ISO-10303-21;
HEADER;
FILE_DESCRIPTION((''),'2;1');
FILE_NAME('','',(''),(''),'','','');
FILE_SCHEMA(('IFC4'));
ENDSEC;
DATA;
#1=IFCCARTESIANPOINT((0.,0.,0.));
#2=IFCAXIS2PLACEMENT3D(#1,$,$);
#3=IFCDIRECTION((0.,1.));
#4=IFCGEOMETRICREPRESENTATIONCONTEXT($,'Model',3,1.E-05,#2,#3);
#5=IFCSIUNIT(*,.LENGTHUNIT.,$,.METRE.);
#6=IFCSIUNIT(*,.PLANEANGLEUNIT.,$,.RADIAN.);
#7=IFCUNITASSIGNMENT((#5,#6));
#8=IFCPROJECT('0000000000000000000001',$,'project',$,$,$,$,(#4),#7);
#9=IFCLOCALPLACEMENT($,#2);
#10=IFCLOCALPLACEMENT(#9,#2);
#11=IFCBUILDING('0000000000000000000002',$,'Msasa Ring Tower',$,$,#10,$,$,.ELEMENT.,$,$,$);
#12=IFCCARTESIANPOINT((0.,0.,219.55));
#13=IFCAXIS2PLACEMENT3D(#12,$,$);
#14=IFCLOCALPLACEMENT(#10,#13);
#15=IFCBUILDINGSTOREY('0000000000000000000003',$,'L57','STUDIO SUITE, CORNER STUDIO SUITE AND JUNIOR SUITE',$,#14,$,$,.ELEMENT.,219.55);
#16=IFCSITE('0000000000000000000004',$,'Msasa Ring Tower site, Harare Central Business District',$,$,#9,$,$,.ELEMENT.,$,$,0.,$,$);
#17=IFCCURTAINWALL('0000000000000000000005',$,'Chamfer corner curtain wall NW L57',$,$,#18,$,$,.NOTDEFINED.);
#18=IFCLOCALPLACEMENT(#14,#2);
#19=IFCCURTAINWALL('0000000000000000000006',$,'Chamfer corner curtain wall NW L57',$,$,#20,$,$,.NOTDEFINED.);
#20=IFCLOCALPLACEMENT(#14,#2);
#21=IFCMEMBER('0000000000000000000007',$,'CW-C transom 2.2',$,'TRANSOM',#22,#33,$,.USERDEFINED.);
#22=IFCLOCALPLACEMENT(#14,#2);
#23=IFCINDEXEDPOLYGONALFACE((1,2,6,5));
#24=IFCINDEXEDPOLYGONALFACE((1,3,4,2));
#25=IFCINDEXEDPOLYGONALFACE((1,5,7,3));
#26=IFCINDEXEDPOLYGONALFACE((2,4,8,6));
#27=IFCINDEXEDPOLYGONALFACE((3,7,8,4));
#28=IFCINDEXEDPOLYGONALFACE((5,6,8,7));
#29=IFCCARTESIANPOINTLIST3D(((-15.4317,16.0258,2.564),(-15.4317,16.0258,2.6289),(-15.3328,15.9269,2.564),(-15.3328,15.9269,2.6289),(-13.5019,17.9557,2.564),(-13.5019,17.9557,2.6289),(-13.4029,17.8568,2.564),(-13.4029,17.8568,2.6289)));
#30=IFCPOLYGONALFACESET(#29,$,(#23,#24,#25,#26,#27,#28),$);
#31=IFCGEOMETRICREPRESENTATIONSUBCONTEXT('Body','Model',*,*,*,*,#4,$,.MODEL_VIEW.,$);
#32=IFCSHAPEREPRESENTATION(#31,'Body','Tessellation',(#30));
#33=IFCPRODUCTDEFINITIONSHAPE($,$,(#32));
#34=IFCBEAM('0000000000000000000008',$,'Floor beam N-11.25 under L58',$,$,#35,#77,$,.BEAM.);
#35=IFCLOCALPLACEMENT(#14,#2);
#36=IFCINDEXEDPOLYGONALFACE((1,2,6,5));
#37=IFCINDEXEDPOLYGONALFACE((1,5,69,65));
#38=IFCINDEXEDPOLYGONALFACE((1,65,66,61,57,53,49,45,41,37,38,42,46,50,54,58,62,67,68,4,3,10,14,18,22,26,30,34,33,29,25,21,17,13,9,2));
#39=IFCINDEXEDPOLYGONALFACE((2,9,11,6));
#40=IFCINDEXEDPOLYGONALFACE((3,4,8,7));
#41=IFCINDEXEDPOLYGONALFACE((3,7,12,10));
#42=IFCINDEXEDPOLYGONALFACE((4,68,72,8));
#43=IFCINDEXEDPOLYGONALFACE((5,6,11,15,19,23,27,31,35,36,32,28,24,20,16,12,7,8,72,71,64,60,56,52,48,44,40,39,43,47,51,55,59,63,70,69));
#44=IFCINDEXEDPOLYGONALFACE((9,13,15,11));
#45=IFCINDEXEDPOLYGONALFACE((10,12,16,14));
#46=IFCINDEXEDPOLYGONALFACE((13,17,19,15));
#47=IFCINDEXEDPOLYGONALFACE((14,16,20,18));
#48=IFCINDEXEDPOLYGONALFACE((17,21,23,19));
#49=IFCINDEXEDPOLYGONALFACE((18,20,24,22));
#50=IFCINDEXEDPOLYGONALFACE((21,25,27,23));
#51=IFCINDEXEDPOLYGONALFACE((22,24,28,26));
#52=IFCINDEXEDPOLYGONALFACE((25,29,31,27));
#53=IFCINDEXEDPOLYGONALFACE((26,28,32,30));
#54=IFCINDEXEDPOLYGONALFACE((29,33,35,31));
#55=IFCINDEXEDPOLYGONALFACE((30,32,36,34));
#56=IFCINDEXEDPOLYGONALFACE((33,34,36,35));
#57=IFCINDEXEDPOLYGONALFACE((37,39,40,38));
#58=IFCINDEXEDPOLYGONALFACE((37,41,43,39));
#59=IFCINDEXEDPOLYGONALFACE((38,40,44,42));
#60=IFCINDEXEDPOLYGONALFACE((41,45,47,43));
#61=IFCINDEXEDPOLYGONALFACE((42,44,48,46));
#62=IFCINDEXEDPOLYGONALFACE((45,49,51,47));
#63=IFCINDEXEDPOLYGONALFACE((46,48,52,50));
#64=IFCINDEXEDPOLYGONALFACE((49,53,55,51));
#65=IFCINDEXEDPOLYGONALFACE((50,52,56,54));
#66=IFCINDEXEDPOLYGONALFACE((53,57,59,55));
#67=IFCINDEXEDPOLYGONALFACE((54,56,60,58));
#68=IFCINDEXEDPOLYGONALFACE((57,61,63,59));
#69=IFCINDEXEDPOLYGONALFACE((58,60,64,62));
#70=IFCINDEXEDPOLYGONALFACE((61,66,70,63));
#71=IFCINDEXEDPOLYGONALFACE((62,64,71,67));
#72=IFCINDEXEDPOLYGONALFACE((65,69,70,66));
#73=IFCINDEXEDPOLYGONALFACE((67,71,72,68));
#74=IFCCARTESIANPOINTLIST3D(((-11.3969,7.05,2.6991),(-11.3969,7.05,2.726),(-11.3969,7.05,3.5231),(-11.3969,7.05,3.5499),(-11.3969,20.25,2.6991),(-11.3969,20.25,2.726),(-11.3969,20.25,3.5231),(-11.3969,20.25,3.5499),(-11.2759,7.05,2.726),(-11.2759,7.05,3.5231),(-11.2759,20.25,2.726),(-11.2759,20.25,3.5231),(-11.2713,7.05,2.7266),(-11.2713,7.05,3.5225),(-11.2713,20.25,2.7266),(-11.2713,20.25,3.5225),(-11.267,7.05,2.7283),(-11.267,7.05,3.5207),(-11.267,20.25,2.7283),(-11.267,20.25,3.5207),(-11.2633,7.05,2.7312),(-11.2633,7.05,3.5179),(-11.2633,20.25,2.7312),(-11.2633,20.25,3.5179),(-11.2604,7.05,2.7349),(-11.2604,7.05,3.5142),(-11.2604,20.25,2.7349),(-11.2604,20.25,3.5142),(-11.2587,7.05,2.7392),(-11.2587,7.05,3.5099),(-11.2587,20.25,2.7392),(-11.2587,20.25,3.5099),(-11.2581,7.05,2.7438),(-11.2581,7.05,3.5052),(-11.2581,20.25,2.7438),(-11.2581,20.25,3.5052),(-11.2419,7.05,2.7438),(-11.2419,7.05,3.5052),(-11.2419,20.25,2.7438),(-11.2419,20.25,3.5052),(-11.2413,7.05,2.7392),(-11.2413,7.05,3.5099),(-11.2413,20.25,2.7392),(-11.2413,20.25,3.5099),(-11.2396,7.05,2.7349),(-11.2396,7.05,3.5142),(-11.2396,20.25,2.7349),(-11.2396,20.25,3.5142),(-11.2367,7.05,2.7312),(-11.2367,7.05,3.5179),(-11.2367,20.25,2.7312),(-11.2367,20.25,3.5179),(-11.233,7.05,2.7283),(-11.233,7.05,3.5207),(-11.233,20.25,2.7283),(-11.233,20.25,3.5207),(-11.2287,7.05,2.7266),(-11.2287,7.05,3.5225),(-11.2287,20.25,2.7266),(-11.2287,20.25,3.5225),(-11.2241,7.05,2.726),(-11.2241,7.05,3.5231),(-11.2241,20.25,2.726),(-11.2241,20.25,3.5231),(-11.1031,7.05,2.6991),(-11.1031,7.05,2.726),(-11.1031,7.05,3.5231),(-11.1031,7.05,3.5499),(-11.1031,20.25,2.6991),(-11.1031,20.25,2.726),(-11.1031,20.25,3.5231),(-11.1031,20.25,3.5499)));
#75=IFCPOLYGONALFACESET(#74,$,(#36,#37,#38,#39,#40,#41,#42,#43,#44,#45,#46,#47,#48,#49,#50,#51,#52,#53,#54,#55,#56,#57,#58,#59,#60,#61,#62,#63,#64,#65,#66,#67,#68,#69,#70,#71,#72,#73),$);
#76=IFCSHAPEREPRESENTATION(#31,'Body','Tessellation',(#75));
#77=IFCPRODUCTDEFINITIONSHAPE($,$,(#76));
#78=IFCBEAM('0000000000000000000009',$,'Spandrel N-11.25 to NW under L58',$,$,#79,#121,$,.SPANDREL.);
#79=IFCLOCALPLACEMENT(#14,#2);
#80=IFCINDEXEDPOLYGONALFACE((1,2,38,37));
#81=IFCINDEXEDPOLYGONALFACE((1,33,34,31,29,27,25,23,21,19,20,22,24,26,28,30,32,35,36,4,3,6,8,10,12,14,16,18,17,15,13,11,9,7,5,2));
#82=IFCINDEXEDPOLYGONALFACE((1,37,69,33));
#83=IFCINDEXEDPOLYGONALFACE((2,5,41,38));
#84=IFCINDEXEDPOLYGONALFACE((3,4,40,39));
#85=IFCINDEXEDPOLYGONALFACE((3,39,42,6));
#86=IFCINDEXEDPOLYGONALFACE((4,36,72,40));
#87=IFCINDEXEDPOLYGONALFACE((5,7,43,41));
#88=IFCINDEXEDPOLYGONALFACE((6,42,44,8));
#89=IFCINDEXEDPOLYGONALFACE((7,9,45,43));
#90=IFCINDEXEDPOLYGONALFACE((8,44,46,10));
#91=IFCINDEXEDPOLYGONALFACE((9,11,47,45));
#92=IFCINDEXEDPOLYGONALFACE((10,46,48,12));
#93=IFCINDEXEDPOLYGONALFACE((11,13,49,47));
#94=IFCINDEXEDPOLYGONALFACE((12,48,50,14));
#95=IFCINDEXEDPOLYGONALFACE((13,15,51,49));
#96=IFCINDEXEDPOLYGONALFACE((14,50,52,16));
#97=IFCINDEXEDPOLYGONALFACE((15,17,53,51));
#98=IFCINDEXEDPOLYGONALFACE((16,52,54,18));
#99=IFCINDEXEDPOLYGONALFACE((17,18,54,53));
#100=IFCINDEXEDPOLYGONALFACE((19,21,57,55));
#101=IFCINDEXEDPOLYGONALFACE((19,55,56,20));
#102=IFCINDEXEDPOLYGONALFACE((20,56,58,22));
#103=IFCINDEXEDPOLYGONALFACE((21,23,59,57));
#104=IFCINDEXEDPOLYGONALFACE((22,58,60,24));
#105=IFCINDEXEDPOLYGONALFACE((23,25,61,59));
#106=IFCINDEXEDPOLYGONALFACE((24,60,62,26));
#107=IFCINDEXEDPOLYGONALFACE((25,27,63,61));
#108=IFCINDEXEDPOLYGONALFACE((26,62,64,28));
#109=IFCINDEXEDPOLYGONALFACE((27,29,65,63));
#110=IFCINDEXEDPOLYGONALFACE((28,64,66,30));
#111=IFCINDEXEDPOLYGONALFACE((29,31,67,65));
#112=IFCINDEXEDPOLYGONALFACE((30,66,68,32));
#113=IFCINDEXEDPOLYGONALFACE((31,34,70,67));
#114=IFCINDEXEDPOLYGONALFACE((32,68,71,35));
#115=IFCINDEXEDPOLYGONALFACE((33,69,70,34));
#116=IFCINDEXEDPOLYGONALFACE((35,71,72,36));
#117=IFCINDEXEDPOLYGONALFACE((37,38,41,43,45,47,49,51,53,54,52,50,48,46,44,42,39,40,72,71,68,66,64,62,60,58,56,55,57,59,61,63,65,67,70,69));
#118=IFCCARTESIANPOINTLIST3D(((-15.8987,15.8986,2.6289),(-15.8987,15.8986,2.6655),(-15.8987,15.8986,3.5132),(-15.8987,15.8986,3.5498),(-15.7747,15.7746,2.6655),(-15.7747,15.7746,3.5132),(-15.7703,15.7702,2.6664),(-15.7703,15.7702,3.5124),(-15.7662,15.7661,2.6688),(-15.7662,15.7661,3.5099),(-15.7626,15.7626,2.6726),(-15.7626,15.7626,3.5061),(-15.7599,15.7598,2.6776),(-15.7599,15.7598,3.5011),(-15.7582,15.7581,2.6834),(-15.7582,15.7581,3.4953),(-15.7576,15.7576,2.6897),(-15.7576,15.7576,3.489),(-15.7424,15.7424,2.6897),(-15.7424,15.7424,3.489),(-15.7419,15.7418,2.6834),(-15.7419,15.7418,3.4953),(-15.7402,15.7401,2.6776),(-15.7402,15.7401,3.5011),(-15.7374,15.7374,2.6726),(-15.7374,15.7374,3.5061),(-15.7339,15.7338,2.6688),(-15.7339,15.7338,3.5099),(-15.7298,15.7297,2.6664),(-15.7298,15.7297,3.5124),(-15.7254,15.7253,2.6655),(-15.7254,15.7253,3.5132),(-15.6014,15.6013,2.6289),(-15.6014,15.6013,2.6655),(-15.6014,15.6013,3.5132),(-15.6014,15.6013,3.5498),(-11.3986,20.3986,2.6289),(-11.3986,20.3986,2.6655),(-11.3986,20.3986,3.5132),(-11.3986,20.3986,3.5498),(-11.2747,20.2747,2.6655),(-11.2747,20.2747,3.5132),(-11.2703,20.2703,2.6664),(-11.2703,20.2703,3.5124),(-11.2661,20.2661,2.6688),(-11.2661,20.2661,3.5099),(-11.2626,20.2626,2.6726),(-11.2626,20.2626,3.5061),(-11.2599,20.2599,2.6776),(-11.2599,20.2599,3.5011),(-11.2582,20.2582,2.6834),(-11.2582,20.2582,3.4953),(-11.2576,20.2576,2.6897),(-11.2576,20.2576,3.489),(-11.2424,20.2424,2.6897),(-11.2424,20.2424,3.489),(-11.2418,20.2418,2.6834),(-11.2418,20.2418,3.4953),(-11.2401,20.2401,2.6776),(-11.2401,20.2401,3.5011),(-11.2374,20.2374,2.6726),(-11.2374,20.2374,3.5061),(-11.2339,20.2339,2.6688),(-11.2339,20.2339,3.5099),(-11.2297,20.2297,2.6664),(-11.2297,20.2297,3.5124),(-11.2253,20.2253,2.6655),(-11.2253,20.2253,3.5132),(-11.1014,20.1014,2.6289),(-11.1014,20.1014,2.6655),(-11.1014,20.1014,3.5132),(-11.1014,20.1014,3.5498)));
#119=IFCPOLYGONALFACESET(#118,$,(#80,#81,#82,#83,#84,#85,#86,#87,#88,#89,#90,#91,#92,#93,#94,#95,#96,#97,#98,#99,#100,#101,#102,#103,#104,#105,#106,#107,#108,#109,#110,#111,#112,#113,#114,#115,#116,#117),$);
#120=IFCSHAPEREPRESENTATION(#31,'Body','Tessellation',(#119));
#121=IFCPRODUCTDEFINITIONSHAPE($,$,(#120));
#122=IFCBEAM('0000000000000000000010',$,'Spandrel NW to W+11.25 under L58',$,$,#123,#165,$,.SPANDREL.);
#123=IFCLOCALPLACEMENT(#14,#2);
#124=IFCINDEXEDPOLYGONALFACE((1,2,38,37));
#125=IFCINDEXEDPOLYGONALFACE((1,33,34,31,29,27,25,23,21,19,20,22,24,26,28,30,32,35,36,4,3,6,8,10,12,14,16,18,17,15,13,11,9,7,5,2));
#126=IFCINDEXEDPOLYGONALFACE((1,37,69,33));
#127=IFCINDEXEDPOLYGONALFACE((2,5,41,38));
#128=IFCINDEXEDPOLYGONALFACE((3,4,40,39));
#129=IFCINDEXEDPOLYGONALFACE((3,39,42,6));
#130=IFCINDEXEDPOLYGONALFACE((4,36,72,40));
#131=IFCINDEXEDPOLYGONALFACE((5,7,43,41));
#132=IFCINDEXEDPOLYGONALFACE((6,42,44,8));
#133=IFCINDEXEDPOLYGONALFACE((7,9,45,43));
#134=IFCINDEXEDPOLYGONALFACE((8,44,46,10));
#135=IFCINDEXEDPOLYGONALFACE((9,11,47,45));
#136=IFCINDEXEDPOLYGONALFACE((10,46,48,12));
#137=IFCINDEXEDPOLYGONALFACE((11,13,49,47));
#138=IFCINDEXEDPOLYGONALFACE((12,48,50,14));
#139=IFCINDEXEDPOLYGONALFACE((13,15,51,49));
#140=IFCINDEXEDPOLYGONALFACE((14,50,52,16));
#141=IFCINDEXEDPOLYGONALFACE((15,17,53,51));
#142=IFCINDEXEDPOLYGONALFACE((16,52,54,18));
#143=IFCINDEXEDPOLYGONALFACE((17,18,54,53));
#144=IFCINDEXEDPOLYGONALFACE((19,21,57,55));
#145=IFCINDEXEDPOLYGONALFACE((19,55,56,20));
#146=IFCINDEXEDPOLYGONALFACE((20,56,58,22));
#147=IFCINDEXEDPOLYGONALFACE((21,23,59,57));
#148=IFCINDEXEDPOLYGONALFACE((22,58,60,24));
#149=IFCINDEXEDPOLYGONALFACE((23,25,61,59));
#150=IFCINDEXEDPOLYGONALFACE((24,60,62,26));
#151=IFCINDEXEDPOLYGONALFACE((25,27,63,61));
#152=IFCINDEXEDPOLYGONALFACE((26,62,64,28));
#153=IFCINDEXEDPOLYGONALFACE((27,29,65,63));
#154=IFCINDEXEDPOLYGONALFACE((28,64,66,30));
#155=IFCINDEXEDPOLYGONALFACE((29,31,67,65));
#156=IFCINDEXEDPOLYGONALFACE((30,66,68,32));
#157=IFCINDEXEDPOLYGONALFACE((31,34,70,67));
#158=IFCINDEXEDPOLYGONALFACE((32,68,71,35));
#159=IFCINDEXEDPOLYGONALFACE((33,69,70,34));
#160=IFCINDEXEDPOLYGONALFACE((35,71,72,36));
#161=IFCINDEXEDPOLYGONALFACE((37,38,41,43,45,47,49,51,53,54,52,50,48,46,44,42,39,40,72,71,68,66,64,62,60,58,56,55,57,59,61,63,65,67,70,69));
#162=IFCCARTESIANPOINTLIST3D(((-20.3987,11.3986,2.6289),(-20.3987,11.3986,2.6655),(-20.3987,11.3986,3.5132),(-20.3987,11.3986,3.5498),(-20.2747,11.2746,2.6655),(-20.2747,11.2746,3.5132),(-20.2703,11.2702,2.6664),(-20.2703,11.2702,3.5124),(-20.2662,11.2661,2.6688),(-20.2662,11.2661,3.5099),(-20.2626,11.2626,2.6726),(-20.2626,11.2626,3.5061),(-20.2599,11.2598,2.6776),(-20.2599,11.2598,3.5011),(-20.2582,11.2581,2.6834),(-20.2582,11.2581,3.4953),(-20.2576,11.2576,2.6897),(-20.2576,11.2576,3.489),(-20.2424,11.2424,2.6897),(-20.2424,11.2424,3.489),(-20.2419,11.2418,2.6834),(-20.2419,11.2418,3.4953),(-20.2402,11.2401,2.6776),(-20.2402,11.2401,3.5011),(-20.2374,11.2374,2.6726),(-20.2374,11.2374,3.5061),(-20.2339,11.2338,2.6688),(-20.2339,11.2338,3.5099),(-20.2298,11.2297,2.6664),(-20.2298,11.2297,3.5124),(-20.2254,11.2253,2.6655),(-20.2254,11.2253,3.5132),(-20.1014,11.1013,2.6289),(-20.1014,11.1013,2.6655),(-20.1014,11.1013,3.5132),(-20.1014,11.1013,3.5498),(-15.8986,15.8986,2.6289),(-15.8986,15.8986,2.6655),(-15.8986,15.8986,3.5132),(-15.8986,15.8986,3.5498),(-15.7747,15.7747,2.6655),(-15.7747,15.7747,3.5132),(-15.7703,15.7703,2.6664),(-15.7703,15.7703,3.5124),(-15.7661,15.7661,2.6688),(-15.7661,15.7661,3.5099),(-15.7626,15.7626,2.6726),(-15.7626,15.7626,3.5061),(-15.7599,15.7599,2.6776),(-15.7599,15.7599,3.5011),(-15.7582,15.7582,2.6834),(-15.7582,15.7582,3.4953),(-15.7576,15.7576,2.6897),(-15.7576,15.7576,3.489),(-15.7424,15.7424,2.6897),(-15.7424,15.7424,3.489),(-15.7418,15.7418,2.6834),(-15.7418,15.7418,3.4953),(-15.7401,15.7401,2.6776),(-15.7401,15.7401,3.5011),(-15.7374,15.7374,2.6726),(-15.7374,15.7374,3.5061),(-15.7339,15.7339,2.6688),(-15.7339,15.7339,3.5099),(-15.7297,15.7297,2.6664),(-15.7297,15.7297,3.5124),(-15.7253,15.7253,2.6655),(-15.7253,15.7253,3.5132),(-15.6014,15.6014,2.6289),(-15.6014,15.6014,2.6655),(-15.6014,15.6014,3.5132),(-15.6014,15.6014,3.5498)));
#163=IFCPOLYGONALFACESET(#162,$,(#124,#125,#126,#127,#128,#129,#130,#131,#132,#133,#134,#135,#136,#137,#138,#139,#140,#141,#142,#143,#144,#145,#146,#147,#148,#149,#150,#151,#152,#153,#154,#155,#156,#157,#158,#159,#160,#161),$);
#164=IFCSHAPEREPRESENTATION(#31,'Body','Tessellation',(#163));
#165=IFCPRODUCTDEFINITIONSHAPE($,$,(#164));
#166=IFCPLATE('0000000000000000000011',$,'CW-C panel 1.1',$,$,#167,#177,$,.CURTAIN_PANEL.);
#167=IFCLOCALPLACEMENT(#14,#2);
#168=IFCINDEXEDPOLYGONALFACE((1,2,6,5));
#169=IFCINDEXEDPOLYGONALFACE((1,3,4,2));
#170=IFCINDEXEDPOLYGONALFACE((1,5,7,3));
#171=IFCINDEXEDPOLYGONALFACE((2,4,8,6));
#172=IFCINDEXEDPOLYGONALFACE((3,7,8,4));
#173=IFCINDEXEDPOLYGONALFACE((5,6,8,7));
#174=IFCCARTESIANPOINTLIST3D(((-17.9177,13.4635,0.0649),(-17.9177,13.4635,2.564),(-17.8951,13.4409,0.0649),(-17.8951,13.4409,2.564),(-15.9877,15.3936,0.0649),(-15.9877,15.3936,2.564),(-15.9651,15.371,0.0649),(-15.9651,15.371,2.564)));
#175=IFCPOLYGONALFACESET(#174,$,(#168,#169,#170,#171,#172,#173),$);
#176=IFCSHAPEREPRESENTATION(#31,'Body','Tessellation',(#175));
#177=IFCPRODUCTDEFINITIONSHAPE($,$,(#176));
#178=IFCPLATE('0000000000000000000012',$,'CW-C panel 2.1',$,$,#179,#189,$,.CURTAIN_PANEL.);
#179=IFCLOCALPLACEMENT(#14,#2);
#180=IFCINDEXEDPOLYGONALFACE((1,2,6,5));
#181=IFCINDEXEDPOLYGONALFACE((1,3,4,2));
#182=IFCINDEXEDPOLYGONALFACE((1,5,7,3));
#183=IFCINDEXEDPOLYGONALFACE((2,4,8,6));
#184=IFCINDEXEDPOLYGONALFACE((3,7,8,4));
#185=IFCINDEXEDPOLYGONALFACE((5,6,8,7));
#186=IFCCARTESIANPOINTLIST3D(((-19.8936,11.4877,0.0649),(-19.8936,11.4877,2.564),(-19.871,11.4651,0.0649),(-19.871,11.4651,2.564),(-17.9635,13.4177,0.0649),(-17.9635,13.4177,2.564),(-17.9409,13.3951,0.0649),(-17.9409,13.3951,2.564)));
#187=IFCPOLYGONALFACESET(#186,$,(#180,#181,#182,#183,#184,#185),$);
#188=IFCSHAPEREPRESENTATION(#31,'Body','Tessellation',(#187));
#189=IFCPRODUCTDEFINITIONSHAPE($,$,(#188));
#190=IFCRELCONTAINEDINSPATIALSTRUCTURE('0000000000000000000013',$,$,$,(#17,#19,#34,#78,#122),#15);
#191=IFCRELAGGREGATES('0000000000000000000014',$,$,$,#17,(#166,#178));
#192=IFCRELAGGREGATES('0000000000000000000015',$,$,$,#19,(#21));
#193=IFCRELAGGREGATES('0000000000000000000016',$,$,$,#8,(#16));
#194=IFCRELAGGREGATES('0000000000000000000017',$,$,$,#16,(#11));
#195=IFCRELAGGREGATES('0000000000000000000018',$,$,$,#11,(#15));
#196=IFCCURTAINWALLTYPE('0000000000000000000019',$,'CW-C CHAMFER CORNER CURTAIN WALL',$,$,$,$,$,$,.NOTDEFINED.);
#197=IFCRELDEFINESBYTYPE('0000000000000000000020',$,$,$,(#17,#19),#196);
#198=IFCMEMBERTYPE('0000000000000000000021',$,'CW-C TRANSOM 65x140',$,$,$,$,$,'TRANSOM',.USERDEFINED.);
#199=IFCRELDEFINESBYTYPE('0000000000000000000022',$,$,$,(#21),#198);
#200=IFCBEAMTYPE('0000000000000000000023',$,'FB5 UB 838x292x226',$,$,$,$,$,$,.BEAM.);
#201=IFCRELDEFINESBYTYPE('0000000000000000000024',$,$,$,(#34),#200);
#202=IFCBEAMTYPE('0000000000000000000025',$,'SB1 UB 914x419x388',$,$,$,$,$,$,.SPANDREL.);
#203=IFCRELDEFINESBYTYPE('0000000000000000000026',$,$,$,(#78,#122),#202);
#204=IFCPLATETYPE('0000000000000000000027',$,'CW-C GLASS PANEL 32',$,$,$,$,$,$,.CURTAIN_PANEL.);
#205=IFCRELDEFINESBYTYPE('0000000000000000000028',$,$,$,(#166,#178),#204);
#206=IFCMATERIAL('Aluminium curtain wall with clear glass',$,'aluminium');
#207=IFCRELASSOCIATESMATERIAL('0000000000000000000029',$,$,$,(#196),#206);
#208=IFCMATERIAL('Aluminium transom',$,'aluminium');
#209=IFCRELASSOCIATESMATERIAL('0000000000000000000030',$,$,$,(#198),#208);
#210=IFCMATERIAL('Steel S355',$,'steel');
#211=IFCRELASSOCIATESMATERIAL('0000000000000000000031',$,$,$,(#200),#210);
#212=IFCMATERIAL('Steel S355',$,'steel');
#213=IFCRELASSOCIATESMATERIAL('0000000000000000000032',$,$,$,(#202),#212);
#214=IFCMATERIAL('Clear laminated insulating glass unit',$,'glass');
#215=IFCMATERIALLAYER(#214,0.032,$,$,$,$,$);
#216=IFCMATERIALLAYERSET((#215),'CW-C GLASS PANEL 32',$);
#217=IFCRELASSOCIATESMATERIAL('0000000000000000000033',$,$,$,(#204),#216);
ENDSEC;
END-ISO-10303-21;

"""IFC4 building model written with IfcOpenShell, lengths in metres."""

from ifc_helpers import new_model, si_unit, direction, frame, origin, origin_2d, place, context, subcontext, project, spatial, rectangle, i_section, extrude, material, layer, layer_set, material_profile, profile_set, type_object, element, aggregate, save


model = new_model("IFC4")

# Units and contexts
model_context = context("Model", 3, precision=1e-05, world=origin(), true_north=direction((0.0, 1.0)))
body_context = subcontext(model_context, "Body", "Model", "MODEL_VIEW")
ifc_project = project(units=[si_unit("LENGTHUNIT", "METRE"), si_unit("PLANEANGLEUNIT", "RADIAN")], contexts=[model_context])

# Site, building, storey
site_placement = place(None, origin())
site = spatial("IfcSite", under=ifc_project, at=site_placement, Name="Msasa Ring Tower site, Harare Central Business District", CompositionType="ELEMENT", RefElevation=0.0)
building_placement = place(site_placement, origin())
building = spatial("IfcBuilding", under=site, at=building_placement, Name="Msasa Ring Tower", CompositionType="ELEMENT")
storey_placement = place(building_placement, frame((0.0, 0.0, 219.55)))
storey = spatial("IfcBuildingStorey", under=building, at=storey_placement, Name="L57", Description="STUDIO SUITE, CORNER STUDIO SUITE AND JUNIOR SUITE", CompositionType="ELEMENT", Elevation=219.55)

# Curtain walls
ifc_material_1 = material(Name="Aluminium curtain wall with clear glass", Category="aluminium")
curtain_wall_type = type_object("IfcCurtainWallType", Name="CW-C CHAMFER CORNER CURTAIN WALL", PredefinedType="NOTDEFINED", material=ifc_material_1)
curtain_wall_1_placement = place(storey_placement, origin())
curtain_wall_1 = element("IfcCurtainWall", 1, at=curtain_wall_1_placement, inside=storey, type_object=curtain_wall_type, Name="Chamfer corner curtain wall NW L57", PredefinedType="NOTDEFINED")
curtain_wall_2_placement = place(storey_placement, origin())
curtain_wall_2 = element("IfcCurtainWall", 2, at=curtain_wall_2_placement, inside=storey, type_object=curtain_wall_type, Name="Chamfer corner curtain wall NW L57", PredefinedType="NOTDEFINED")

# Member
ifc_material_2 = material(Name="Aluminium transom", Category="aluminium")
ifc_material_profile_1 = material_profile(ifc_material_2, rectangle(XDim=0.1399, YDim=0.0649, at=origin_2d()), Name="AL 65x140")
ifc_profile_set_1 = profile_set([ifc_material_profile_1], Name="Aluminium transom")
member_type_1 = type_object("IfcMemberType", Name="CW-C TRANSOM 65x140", ElementType="TRANSOM", PredefinedType="USERDEFINED", material=ifc_profile_set_1)
member_1_placement = place(storey_placement, frame((-13.4524, 17.9062, 2.5964), z_axis=(-0.707107, -0.707107, 0.0), x_axis=(0.707107, -0.707107, 0.0)))
member_1 = element("IfcMember", 3, at=member_1_placement, type_object=member_type_1, Name="CW-C transom 2.2", ObjectType="TRANSOM", PredefinedType="USERDEFINED", context=body_context, shape_type="SweptSolid", body=[
    extrude(rectangle(XDim=0.1399, YDim=0.0649, at=origin_2d()), origin(), (0.0, 0.0, 1.0), 2.7292),
])

# Beams
ifc_material_3 = material(Name="Steel S355", Category="steel")
ifc_material_profile_2 = material_profile(ifc_material_3, i_section(OverallWidth=0.2937, OverallDepth=0.8508, WebThickness=0.0161, FlangeThickness=0.0269, FilletRadius=0.0178, at=origin_2d()), Name="UB 838x292x226")
ifc_profile_set_2 = profile_set([ifc_material_profile_2], Name="Steel S355")
beam_type_1 = type_object("IfcBeamType", Name="FB5 UB 838x292x226", PredefinedType="BEAM", material=ifc_profile_set_2)
beam_placement = place(storey_placement, frame((-11.25, 20.25, 3.1245), z_axis=(0.0, -1.0, 0.0), x_axis=(1.0, 0.0, 0.0)))
element("IfcBeam", 4, at=beam_placement, inside=storey, type_object=beam_type_1, Name="Floor beam N-11.25 under L58", PredefinedType="BEAM", context=body_context, shape_type="SweptSolid", body=[
    extrude(i_section(OverallWidth=0.2937, OverallDepth=0.8508, WebThickness=0.0161, FlangeThickness=0.0269, FilletRadius=0.0178, at=origin_2d()), origin(), (0.0, 0.0, 1.0), 13.2),
])
ifc_material_4 = material(Name="Steel S355", Category="steel")
ifc_material_profile_3 = material_profile(ifc_material_4, i_section(OverallWidth=0.4204, OverallDepth=0.9209, WebThickness=0.0215, FlangeThickness=0.0366, FilletRadius=0.0242, at=origin_2d()), Name="UB 914x419x388")
ifc_profile_set_3 = profile_set([ifc_material_profile_3], Name="Steel S355")
beam_type_2 = type_object("IfcBeamType", Name="SB1 UB 914x419x388", PredefinedType="SPANDREL", material=ifc_profile_set_3)
for number, where, z_axis, x_axis, name in (
    (5, (-11.25, 20.25, 3.0894), (-0.707107, -0.707107, 0.0), (0.707107, -0.707107, 0.0), "Spandrel N-11.25 to NW under L58"),
    (6, (-15.75, 15.75, 3.0894), (-0.707107, -0.707107, 0.0), (0.707107, -0.707107, 0.0), "Spandrel NW to W+11.25 under L58"),
):
    element("IfcBeam", number, at=place(storey_placement, frame(where, z_axis=z_axis, x_axis=x_axis)), inside=storey, type_object=beam_type_2, Name=name, PredefinedType="SPANDREL", context=body_context, shape_type="SweptSolid", body=[
        extrude(i_section(OverallWidth=0.4204, OverallDepth=0.9209, WebThickness=0.0215, FlangeThickness=0.0366, FilletRadius=0.0242, at=origin_2d()), origin(), (0.0, 0.0, 1.0), 6.364),
    ])

# Plates
ifc_material_5 = material(Name="Clear laminated insulating glass unit", Category="glass")
ifc_layer_1 = layer(ifc_material_5, 0.032)
ifc_layer_set_1 = layer_set([ifc_layer_1], Name="CW-C GLASS PANEL 32")
plate_type = type_object("IfcPlateType", Name="CW-C GLASS PANEL 32", PredefinedType="CURTAIN_PANEL", material=ifc_layer_set_1)
plate_1_placement = place(storey_placement, frame((-16.9414, 14.4172, 0.0649), z_axis=(0.0, 0.0, 1.0), x_axis=(-0.707107, -0.707107, 0.0)))
plate_1 = element("IfcPlate", 7, at=plate_1_placement, type_object=plate_type, Name="CW-C panel 1.1", PredefinedType="CURTAIN_PANEL", context=body_context, shape_type="SweptSolid", body=[
    extrude(rectangle(XDim=2.7295, YDim=0.032, at=origin_2d()), origin(), (0.0, 0.0, 1.0), 2.499),
])
plate_2_placement = place(storey_placement, frame((-18.9172, 12.4414, 0.0649), z_axis=(0.0, 0.0, 1.0), x_axis=(-0.707107, -0.707107, 0.0)))
plate_2 = element("IfcPlate", 8, at=plate_2_placement, type_object=plate_type, Name="CW-C panel 2.1", PredefinedType="CURTAIN_PANEL", context=body_context, shape_type="SweptSolid", body=[
    extrude(rectangle(XDim=2.7295, YDim=0.032, at=origin_2d()), origin(), (0.0, 0.0, 1.0), 2.499),
])
aggregate(curtain_wall_1, [plate_1, plate_2])
aggregate(curtain_wall_2, [member_1])

save(model, "model.ifc")
